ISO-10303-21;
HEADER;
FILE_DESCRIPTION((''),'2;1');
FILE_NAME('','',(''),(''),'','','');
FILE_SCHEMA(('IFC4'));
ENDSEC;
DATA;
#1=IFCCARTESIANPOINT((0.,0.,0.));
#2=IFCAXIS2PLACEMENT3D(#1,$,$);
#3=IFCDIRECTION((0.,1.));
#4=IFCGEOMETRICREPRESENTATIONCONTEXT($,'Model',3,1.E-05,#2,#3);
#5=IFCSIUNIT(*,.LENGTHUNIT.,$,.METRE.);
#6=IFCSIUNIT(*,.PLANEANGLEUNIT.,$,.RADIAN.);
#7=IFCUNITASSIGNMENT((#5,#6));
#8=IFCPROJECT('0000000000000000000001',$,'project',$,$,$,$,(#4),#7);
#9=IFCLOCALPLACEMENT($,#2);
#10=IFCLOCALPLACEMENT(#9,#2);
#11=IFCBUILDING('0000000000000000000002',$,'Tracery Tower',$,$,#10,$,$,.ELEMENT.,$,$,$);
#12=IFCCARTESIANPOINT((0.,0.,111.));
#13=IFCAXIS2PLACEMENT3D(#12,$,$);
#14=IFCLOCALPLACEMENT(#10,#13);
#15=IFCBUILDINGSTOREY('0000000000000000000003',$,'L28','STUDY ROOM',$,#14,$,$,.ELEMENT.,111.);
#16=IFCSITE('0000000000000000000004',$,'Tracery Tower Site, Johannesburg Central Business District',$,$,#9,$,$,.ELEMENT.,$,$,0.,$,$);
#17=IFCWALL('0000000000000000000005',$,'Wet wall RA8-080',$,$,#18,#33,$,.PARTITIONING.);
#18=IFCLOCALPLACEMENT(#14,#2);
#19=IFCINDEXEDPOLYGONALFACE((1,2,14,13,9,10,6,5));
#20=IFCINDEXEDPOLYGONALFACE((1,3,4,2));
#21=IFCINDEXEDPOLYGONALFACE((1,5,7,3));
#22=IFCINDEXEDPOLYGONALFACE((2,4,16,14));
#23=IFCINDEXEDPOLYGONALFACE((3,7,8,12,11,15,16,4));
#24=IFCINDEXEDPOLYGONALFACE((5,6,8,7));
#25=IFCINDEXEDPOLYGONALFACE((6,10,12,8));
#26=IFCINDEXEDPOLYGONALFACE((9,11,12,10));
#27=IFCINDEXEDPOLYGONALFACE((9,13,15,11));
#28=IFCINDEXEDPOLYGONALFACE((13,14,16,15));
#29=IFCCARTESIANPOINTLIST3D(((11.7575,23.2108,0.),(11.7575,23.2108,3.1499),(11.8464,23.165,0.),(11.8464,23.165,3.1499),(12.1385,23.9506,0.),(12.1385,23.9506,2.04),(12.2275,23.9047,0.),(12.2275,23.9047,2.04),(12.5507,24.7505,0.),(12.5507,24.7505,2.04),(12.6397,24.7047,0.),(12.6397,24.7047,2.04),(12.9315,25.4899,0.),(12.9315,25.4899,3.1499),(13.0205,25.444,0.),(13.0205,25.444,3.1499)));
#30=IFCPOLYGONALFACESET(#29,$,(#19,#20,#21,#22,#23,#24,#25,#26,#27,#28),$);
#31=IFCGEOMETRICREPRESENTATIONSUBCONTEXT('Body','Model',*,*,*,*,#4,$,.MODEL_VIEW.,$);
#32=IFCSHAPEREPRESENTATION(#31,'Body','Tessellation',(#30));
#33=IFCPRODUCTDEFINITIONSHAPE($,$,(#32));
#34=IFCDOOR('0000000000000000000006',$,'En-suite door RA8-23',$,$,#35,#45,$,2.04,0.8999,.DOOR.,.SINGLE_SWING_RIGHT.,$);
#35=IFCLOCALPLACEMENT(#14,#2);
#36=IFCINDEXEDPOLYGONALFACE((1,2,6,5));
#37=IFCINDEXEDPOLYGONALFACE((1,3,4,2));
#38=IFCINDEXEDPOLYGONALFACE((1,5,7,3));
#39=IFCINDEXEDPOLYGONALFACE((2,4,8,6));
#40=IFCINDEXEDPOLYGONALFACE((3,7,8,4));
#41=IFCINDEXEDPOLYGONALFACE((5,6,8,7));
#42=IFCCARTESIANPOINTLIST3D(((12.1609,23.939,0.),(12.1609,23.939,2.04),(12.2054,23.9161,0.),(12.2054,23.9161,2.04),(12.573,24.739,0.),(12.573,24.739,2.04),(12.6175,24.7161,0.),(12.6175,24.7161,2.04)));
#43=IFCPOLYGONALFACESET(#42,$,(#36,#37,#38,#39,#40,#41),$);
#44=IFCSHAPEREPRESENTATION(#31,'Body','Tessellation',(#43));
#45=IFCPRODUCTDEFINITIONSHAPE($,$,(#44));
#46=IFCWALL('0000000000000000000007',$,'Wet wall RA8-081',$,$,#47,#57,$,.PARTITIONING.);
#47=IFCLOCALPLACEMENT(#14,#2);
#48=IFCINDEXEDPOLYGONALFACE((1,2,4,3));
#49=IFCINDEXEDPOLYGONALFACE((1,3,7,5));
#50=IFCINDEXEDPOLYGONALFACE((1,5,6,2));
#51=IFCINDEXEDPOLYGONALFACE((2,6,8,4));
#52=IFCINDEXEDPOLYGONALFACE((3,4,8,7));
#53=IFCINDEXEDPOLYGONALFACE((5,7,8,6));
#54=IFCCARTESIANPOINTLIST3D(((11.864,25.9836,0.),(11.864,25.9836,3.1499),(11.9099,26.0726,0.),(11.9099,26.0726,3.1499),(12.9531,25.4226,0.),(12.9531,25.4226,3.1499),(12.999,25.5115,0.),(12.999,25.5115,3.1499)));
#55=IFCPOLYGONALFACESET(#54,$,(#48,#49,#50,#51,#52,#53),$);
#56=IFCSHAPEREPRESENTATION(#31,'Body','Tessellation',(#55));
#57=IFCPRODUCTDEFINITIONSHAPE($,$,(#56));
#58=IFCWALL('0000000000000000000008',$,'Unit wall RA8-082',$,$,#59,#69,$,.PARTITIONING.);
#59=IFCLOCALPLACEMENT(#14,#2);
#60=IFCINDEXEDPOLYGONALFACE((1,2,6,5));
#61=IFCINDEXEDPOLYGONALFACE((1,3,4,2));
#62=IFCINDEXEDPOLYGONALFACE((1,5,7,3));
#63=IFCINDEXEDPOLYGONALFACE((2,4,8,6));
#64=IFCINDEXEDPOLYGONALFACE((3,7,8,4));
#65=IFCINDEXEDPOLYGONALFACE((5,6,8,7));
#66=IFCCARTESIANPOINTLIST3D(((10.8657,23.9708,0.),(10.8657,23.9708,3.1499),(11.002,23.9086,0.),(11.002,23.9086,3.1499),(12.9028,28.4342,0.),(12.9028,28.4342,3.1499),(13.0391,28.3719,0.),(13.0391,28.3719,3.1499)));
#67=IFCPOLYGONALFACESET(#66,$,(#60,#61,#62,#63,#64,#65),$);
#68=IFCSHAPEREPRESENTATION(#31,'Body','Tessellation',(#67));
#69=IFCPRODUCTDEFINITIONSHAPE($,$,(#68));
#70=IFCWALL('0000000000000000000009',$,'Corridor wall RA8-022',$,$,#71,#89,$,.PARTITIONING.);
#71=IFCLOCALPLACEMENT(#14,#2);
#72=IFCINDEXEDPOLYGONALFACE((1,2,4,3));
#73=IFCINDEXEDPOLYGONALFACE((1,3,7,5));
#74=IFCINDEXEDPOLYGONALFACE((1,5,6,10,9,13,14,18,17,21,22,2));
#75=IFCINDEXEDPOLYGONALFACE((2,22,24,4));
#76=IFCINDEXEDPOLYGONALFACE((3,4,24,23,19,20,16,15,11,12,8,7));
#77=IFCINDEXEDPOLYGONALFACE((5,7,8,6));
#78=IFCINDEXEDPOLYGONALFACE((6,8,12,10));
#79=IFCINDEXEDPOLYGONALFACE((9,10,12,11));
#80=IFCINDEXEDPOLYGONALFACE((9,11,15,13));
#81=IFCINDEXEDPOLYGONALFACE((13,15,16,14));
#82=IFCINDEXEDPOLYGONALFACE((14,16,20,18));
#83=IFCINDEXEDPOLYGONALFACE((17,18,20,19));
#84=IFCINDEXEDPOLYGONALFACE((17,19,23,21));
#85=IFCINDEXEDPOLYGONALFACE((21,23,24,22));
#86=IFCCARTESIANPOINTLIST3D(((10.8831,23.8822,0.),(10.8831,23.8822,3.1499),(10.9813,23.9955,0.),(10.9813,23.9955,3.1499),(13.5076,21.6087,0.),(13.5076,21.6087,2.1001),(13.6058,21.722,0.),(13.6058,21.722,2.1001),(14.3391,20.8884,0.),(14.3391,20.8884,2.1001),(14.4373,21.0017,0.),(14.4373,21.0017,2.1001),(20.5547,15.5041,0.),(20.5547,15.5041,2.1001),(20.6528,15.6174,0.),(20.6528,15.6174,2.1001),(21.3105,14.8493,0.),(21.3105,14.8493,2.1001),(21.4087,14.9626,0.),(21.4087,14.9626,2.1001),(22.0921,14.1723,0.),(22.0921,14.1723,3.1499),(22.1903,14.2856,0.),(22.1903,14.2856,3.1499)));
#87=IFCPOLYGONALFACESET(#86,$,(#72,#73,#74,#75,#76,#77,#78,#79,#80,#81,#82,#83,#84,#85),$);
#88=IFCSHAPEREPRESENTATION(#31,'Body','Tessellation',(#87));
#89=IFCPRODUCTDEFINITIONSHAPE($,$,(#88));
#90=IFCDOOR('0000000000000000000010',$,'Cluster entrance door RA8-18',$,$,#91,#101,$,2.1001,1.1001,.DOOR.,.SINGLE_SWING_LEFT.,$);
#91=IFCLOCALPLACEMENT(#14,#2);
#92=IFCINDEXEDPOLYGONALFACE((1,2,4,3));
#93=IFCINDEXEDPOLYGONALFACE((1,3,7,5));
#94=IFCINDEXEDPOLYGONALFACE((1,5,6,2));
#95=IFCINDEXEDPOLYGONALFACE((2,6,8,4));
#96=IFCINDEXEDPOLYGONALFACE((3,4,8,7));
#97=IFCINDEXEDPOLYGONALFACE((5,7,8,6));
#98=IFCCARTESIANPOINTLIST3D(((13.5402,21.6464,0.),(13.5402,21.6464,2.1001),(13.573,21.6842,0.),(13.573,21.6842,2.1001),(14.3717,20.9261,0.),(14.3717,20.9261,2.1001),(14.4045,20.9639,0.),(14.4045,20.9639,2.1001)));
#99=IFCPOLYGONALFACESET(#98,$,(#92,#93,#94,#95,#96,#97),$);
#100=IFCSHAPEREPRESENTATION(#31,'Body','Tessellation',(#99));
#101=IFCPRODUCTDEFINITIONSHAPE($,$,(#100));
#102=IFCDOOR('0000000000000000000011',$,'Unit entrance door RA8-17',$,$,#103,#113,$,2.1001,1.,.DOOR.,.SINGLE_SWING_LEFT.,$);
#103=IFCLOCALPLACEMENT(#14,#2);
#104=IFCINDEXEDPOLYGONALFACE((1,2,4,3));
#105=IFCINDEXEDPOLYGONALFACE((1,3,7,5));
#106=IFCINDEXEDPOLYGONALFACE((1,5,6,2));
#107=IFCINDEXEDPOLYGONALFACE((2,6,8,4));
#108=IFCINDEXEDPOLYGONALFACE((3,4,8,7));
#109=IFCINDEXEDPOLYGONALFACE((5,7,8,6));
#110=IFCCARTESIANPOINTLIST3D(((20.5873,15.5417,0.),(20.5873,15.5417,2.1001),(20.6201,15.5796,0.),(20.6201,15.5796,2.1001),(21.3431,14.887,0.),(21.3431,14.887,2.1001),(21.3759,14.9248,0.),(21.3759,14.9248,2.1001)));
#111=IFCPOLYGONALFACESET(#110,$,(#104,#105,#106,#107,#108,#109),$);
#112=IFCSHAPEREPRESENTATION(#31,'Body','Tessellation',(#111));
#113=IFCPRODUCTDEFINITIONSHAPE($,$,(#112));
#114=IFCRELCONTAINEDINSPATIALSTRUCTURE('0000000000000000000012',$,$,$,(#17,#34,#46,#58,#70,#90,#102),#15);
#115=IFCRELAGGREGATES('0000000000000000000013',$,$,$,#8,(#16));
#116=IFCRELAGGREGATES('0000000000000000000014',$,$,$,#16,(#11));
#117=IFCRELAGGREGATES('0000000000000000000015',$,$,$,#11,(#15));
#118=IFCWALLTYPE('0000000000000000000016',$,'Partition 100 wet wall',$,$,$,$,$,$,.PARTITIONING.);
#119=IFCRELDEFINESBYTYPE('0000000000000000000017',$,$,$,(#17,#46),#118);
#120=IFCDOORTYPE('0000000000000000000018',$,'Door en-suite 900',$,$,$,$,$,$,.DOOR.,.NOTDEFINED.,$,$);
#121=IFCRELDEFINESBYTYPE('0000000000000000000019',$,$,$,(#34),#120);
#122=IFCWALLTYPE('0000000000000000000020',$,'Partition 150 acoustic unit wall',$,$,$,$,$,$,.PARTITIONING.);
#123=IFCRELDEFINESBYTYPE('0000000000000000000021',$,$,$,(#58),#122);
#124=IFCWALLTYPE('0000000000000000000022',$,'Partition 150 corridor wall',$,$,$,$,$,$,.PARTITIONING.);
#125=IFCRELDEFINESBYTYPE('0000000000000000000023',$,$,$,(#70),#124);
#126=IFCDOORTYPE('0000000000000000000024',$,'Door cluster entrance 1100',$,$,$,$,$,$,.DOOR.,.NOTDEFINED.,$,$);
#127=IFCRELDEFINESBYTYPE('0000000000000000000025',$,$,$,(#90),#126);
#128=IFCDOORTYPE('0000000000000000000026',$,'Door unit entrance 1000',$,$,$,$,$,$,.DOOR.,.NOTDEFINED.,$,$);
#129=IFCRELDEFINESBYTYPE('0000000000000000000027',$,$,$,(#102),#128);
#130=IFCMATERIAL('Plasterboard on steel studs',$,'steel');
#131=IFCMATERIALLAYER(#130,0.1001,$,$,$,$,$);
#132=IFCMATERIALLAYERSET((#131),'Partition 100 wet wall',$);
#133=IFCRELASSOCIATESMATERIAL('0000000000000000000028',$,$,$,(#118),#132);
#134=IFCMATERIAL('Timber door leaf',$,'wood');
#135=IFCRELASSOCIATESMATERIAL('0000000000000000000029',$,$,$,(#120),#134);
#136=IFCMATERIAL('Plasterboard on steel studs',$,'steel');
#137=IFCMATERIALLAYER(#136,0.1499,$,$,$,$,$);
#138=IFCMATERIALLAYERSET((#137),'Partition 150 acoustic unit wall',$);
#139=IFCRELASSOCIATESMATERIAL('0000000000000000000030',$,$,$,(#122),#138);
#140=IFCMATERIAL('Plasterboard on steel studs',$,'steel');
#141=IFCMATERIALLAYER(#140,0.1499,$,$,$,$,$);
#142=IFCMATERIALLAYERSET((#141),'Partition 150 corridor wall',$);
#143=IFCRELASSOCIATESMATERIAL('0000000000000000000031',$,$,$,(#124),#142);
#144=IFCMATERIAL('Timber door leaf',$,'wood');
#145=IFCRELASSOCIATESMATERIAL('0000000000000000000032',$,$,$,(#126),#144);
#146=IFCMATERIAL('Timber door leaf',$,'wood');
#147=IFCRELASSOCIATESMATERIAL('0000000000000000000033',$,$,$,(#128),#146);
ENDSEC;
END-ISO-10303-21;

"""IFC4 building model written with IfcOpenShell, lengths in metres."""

from ifc_helpers import new_model, si_unit, direction, frame, frame_2d, origin, place, context, subcontext, project, spatial, rectangle, extrude, material, layer, layer_set, type_object, element, fill, save


model = new_model("IFC4")

# Units and contexts
model_context = context("Model", 3, precision=1e-05, world=origin(), true_north=direction((0.0, 1.0)))
body_context = subcontext(model_context, "Body", "Model", "MODEL_VIEW")
ifc_project = project(units=[si_unit("LENGTHUNIT", "METRE"), si_unit("PLANEANGLEUNIT", "RADIAN")], contexts=[model_context])

# Site, building, storey
site_placement = place(None, origin())
site = spatial("IfcSite", under=ifc_project, at=site_placement, Name="Tracery Tower Site, Johannesburg Central Business District", CompositionType="ELEMENT", RefElevation=0.0)
building_placement = place(site_placement, origin())
building = spatial("IfcBuilding", under=site, at=building_placement, Name="Tracery Tower", CompositionType="ELEMENT")
storey_placement = place(building_placement, frame((0.0, 0.0, 111.0)))
storey = spatial("IfcBuildingStorey", under=building, at=storey_placement, Name="L28", Description="STUDY ROOM", CompositionType="ELEMENT", Elevation=111.0)

# Wall, opening, door
ifc_material_1 = material(Name="Plasterboard on steel studs", Category="steel")
ifc_layer_1 = layer(ifc_material_1, 0.1001)
ifc_layer_set_1 = layer_set([ifc_layer_1], Name="Partition 100 wet wall")
wall_type_1 = type_object("IfcWallType", Name="Partition 100 wet wall", PredefinedType="PARTITIONING", material=ifc_layer_set_1)
wall_1_placement = place(storey_placement, frame((11.802, 23.188, 0.0), z_axis=(0.0, 0.0, 1.0), x_axis=(0.457961, 0.888972, 0.0)))
wall_1 = element("IfcWall", 1, at=wall_1_placement, inside=storey, type_object=wall_type_1, Name="Wet wall RA8-080", PredefinedType="PARTITIONING", context=body_context, shape_type="SweptSolid", body=[
    extrude(rectangle(XDim=2.5637, YDim=0.1001, at=frame_2d((1.2817, 0.0))), origin(), (0.0, 0.0, 1.0), 3.1499),
])
opening_1_placement = place(wall_1_placement, frame((0.832, 0.0, 0.0)))
opening_1 = element("IfcOpeningElement", 2, at=opening_1_placement, cuts=wall_1, PredefinedType="OPENING", context=body_context, shape_type="SweptSolid", body=[
    extrude(rectangle(XDim=0.8999, YDim=2.04, at=frame_2d((0.45, 1.02))), frame((0.0, 0.05, 0.0), z_axis=(0.0, -1.0, 0.0), x_axis=(1.0, 0.0, 0.0)), (0.0, 0.0, 1.0), 0.1001),
])
ifc_material_2 = material(Name="Timber door leaf", Category="wood")
door_type_1 = type_object("IfcDoorType", Name="Door en-suite 900", OperationType="NOTDEFINED", PredefinedType="DOOR", material=ifc_material_2)
door_1_placement = place(opening_1_placement, origin())
door_1 = element("IfcDoor", 3, at=door_1_placement, inside=storey, type_object=door_type_1, Name="En-suite door RA8-23", OperationType="SINGLE_SWING_RIGHT", OverallHeight=2.04, OverallWidth=0.8999, PredefinedType="DOOR", context=body_context, shape_type="SweptSolid", body=[
    extrude(rectangle(XDim=0.8999, YDim=2.04, at=frame_2d((0.45, 1.02))), frame((0.0, 0.0249, 0.0), z_axis=(0.0, -1.0, 0.0), x_axis=(1.0, 0.0, 0.0)), (0.0, 0.0, 1.0), 0.05),
])
fill(opening_1, door_1)

# Walls
wall_2_placement = place(storey_placement, frame((11.887, 26.0281, 0.0), z_axis=(0.0, 0.0, 1.0), x_axis=(0.888982, -0.457942, 0.0)))
element("IfcWall", 4, at=wall_2_placement, inside=storey, type_object=wall_type_1, Name="Wet wall RA8-081", PredefinedType="PARTITIONING", context=body_context, shape_type="SweptSolid", body=[
    extrude(rectangle(XDim=1.2251, YDim=0.1001, at=frame_2d((0.6125, 0.0))), origin(), (0.0, 0.0, 1.0), 3.1499),
])
ifc_material_3 = material(Name="Plasterboard on steel studs", Category="steel")
ifc_layer_2 = layer(ifc_material_3, 0.1499)
ifc_layer_set_2 = layer_set([ifc_layer_2], Name="Partition 150 acoustic unit wall")
wall_type_2 = type_object("IfcWallType", Name="Partition 150 acoustic unit wall", PredefinedType="PARTITIONING", material=ifc_layer_set_2)
wall_3_placement = place(storey_placement, frame((10.9338, 23.9397, 0.0), z_axis=(0.0, 0.0, 1.0), x_axis=(0.415205, 0.909728, 0.0)))
element("IfcWall", 5, at=wall_3_placement, inside=storey, type_object=wall_type_2, Name="Unit wall RA8-082", PredefinedType="PARTITIONING", context=body_context, shape_type="SweptSolid", body=[
    extrude(rectangle(XDim=4.9062, YDim=0.1499, at=frame_2d((2.4531, 0.0))), origin(), (0.0, 0.0, 1.0), 3.1499),
])

# Wall, openings, doors
ifc_material_4 = material(Name="Plasterboard on steel studs", Category="steel")
ifc_layer_3 = layer(ifc_material_4, 0.1499)
ifc_layer_set_3 = layer_set([ifc_layer_3], Name="Partition 150 corridor wall")
wall_type_3 = type_object("IfcWallType", Name="Partition 150 corridor wall", PredefinedType="PARTITIONING", material=ifc_layer_set_3)
wall_4_placement = place(storey_placement, frame((10.9321, 23.939, 0.0), z_axis=(0.0, 0.0, 1.0), x_axis=(0.755839, -0.654758, 0.0)))
wall_4 = element("IfcWall", 6, at=wall_4_placement, inside=storey, type_object=wall_type_3, Name="Corridor wall RA8-022", PredefinedType="PARTITIONING", context=body_context, shape_type="SweptSolid", body=[
    extrude(rectangle(XDim=14.8298, YDim=0.1499, at=frame_2d((7.415, 0.0))), origin(), (0.0, 0.0, 1.0), 3.1499),
])
opening_2_placement = place(wall_4_placement, frame((12.7959, 0.0, 0.0)))
opening_2 = element("IfcOpeningElement", 7, at=opening_2_placement, cuts=wall_4, PredefinedType="OPENING", context=body_context, shape_type="SweptSolid", body=[
    extrude(rectangle(XDim=1.0, YDim=2.1001, at=frame_2d((0.5, 1.05))), frame((0.0, 0.075, 0.0), z_axis=(0.0, -1.0, 0.0), x_axis=(1.0, 0.0, 0.0)), (0.0, 0.0, 1.0), 0.1499),
])
opening_3_placement = place(wall_4_placement, frame((3.4724, 0.0, 0.0)))
opening_3 = element("IfcOpeningElement", 8, at=opening_3_placement, cuts=wall_4, PredefinedType="OPENING", context=body_context, shape_type="SweptSolid", body=[
    extrude(rectangle(XDim=1.1001, YDim=2.1001, at=frame_2d((0.55, 1.05))), frame((0.0, 0.075, 0.0), z_axis=(0.0, -1.0, 0.0), x_axis=(1.0, 0.0, 0.0)), (0.0, 0.0, 1.0), 0.1499),
])
ifc_material_5 = material(Name="Timber door leaf", Category="wood")
door_type_2 = type_object("IfcDoorType", Name="Door cluster entrance 1100", OperationType="NOTDEFINED", PredefinedType="DOOR", material=ifc_material_5)
door_2_placement = place(opening_3_placement, origin())
door_2 = element("IfcDoor", 9, at=door_2_placement, inside=storey, type_object=door_type_2, Name="Cluster entrance door RA8-18", OperationType="SINGLE_SWING_LEFT", OverallHeight=2.1001, OverallWidth=1.1001, PredefinedType="DOOR", context=body_context, shape_type="SweptSolid", body=[
    extrude(rectangle(XDim=1.1001, YDim=2.1001, at=frame_2d((0.55, 1.05))), frame((0.0, 0.0249, 0.0), z_axis=(0.0, -1.0, 0.0), x_axis=(1.0, 0.0, 0.0)), (0.0, 0.0, 1.0), 0.05),
])
fill(opening_3, door_2)
ifc_material_6 = material(Name="Timber door leaf", Category="wood")
door_type_3 = type_object("IfcDoorType", Name="Door unit entrance 1000", OperationType="NOTDEFINED", PredefinedType="DOOR", material=ifc_material_6)
door_3_placement = place(opening_2_placement, origin())
door_3 = element("IfcDoor", 10, at=door_3_placement, inside=storey, type_object=door_type_3, Name="Unit entrance door RA8-17", OperationType="SINGLE_SWING_LEFT", OverallHeight=2.1001, OverallWidth=1.0, PredefinedType="DOOR", context=body_context, shape_type="SweptSolid", body=[
    extrude(rectangle(XDim=1.0, YDim=2.1001, at=frame_2d((0.5, 1.05))), frame((0.0, 0.0249, 0.0), z_axis=(0.0, -1.0, 0.0), x_axis=(1.0, 0.0, 0.0)), (0.0, 0.0, 1.0), 0.05),
])
fill(opening_2, door_3)

save(model, "model.ifc")
